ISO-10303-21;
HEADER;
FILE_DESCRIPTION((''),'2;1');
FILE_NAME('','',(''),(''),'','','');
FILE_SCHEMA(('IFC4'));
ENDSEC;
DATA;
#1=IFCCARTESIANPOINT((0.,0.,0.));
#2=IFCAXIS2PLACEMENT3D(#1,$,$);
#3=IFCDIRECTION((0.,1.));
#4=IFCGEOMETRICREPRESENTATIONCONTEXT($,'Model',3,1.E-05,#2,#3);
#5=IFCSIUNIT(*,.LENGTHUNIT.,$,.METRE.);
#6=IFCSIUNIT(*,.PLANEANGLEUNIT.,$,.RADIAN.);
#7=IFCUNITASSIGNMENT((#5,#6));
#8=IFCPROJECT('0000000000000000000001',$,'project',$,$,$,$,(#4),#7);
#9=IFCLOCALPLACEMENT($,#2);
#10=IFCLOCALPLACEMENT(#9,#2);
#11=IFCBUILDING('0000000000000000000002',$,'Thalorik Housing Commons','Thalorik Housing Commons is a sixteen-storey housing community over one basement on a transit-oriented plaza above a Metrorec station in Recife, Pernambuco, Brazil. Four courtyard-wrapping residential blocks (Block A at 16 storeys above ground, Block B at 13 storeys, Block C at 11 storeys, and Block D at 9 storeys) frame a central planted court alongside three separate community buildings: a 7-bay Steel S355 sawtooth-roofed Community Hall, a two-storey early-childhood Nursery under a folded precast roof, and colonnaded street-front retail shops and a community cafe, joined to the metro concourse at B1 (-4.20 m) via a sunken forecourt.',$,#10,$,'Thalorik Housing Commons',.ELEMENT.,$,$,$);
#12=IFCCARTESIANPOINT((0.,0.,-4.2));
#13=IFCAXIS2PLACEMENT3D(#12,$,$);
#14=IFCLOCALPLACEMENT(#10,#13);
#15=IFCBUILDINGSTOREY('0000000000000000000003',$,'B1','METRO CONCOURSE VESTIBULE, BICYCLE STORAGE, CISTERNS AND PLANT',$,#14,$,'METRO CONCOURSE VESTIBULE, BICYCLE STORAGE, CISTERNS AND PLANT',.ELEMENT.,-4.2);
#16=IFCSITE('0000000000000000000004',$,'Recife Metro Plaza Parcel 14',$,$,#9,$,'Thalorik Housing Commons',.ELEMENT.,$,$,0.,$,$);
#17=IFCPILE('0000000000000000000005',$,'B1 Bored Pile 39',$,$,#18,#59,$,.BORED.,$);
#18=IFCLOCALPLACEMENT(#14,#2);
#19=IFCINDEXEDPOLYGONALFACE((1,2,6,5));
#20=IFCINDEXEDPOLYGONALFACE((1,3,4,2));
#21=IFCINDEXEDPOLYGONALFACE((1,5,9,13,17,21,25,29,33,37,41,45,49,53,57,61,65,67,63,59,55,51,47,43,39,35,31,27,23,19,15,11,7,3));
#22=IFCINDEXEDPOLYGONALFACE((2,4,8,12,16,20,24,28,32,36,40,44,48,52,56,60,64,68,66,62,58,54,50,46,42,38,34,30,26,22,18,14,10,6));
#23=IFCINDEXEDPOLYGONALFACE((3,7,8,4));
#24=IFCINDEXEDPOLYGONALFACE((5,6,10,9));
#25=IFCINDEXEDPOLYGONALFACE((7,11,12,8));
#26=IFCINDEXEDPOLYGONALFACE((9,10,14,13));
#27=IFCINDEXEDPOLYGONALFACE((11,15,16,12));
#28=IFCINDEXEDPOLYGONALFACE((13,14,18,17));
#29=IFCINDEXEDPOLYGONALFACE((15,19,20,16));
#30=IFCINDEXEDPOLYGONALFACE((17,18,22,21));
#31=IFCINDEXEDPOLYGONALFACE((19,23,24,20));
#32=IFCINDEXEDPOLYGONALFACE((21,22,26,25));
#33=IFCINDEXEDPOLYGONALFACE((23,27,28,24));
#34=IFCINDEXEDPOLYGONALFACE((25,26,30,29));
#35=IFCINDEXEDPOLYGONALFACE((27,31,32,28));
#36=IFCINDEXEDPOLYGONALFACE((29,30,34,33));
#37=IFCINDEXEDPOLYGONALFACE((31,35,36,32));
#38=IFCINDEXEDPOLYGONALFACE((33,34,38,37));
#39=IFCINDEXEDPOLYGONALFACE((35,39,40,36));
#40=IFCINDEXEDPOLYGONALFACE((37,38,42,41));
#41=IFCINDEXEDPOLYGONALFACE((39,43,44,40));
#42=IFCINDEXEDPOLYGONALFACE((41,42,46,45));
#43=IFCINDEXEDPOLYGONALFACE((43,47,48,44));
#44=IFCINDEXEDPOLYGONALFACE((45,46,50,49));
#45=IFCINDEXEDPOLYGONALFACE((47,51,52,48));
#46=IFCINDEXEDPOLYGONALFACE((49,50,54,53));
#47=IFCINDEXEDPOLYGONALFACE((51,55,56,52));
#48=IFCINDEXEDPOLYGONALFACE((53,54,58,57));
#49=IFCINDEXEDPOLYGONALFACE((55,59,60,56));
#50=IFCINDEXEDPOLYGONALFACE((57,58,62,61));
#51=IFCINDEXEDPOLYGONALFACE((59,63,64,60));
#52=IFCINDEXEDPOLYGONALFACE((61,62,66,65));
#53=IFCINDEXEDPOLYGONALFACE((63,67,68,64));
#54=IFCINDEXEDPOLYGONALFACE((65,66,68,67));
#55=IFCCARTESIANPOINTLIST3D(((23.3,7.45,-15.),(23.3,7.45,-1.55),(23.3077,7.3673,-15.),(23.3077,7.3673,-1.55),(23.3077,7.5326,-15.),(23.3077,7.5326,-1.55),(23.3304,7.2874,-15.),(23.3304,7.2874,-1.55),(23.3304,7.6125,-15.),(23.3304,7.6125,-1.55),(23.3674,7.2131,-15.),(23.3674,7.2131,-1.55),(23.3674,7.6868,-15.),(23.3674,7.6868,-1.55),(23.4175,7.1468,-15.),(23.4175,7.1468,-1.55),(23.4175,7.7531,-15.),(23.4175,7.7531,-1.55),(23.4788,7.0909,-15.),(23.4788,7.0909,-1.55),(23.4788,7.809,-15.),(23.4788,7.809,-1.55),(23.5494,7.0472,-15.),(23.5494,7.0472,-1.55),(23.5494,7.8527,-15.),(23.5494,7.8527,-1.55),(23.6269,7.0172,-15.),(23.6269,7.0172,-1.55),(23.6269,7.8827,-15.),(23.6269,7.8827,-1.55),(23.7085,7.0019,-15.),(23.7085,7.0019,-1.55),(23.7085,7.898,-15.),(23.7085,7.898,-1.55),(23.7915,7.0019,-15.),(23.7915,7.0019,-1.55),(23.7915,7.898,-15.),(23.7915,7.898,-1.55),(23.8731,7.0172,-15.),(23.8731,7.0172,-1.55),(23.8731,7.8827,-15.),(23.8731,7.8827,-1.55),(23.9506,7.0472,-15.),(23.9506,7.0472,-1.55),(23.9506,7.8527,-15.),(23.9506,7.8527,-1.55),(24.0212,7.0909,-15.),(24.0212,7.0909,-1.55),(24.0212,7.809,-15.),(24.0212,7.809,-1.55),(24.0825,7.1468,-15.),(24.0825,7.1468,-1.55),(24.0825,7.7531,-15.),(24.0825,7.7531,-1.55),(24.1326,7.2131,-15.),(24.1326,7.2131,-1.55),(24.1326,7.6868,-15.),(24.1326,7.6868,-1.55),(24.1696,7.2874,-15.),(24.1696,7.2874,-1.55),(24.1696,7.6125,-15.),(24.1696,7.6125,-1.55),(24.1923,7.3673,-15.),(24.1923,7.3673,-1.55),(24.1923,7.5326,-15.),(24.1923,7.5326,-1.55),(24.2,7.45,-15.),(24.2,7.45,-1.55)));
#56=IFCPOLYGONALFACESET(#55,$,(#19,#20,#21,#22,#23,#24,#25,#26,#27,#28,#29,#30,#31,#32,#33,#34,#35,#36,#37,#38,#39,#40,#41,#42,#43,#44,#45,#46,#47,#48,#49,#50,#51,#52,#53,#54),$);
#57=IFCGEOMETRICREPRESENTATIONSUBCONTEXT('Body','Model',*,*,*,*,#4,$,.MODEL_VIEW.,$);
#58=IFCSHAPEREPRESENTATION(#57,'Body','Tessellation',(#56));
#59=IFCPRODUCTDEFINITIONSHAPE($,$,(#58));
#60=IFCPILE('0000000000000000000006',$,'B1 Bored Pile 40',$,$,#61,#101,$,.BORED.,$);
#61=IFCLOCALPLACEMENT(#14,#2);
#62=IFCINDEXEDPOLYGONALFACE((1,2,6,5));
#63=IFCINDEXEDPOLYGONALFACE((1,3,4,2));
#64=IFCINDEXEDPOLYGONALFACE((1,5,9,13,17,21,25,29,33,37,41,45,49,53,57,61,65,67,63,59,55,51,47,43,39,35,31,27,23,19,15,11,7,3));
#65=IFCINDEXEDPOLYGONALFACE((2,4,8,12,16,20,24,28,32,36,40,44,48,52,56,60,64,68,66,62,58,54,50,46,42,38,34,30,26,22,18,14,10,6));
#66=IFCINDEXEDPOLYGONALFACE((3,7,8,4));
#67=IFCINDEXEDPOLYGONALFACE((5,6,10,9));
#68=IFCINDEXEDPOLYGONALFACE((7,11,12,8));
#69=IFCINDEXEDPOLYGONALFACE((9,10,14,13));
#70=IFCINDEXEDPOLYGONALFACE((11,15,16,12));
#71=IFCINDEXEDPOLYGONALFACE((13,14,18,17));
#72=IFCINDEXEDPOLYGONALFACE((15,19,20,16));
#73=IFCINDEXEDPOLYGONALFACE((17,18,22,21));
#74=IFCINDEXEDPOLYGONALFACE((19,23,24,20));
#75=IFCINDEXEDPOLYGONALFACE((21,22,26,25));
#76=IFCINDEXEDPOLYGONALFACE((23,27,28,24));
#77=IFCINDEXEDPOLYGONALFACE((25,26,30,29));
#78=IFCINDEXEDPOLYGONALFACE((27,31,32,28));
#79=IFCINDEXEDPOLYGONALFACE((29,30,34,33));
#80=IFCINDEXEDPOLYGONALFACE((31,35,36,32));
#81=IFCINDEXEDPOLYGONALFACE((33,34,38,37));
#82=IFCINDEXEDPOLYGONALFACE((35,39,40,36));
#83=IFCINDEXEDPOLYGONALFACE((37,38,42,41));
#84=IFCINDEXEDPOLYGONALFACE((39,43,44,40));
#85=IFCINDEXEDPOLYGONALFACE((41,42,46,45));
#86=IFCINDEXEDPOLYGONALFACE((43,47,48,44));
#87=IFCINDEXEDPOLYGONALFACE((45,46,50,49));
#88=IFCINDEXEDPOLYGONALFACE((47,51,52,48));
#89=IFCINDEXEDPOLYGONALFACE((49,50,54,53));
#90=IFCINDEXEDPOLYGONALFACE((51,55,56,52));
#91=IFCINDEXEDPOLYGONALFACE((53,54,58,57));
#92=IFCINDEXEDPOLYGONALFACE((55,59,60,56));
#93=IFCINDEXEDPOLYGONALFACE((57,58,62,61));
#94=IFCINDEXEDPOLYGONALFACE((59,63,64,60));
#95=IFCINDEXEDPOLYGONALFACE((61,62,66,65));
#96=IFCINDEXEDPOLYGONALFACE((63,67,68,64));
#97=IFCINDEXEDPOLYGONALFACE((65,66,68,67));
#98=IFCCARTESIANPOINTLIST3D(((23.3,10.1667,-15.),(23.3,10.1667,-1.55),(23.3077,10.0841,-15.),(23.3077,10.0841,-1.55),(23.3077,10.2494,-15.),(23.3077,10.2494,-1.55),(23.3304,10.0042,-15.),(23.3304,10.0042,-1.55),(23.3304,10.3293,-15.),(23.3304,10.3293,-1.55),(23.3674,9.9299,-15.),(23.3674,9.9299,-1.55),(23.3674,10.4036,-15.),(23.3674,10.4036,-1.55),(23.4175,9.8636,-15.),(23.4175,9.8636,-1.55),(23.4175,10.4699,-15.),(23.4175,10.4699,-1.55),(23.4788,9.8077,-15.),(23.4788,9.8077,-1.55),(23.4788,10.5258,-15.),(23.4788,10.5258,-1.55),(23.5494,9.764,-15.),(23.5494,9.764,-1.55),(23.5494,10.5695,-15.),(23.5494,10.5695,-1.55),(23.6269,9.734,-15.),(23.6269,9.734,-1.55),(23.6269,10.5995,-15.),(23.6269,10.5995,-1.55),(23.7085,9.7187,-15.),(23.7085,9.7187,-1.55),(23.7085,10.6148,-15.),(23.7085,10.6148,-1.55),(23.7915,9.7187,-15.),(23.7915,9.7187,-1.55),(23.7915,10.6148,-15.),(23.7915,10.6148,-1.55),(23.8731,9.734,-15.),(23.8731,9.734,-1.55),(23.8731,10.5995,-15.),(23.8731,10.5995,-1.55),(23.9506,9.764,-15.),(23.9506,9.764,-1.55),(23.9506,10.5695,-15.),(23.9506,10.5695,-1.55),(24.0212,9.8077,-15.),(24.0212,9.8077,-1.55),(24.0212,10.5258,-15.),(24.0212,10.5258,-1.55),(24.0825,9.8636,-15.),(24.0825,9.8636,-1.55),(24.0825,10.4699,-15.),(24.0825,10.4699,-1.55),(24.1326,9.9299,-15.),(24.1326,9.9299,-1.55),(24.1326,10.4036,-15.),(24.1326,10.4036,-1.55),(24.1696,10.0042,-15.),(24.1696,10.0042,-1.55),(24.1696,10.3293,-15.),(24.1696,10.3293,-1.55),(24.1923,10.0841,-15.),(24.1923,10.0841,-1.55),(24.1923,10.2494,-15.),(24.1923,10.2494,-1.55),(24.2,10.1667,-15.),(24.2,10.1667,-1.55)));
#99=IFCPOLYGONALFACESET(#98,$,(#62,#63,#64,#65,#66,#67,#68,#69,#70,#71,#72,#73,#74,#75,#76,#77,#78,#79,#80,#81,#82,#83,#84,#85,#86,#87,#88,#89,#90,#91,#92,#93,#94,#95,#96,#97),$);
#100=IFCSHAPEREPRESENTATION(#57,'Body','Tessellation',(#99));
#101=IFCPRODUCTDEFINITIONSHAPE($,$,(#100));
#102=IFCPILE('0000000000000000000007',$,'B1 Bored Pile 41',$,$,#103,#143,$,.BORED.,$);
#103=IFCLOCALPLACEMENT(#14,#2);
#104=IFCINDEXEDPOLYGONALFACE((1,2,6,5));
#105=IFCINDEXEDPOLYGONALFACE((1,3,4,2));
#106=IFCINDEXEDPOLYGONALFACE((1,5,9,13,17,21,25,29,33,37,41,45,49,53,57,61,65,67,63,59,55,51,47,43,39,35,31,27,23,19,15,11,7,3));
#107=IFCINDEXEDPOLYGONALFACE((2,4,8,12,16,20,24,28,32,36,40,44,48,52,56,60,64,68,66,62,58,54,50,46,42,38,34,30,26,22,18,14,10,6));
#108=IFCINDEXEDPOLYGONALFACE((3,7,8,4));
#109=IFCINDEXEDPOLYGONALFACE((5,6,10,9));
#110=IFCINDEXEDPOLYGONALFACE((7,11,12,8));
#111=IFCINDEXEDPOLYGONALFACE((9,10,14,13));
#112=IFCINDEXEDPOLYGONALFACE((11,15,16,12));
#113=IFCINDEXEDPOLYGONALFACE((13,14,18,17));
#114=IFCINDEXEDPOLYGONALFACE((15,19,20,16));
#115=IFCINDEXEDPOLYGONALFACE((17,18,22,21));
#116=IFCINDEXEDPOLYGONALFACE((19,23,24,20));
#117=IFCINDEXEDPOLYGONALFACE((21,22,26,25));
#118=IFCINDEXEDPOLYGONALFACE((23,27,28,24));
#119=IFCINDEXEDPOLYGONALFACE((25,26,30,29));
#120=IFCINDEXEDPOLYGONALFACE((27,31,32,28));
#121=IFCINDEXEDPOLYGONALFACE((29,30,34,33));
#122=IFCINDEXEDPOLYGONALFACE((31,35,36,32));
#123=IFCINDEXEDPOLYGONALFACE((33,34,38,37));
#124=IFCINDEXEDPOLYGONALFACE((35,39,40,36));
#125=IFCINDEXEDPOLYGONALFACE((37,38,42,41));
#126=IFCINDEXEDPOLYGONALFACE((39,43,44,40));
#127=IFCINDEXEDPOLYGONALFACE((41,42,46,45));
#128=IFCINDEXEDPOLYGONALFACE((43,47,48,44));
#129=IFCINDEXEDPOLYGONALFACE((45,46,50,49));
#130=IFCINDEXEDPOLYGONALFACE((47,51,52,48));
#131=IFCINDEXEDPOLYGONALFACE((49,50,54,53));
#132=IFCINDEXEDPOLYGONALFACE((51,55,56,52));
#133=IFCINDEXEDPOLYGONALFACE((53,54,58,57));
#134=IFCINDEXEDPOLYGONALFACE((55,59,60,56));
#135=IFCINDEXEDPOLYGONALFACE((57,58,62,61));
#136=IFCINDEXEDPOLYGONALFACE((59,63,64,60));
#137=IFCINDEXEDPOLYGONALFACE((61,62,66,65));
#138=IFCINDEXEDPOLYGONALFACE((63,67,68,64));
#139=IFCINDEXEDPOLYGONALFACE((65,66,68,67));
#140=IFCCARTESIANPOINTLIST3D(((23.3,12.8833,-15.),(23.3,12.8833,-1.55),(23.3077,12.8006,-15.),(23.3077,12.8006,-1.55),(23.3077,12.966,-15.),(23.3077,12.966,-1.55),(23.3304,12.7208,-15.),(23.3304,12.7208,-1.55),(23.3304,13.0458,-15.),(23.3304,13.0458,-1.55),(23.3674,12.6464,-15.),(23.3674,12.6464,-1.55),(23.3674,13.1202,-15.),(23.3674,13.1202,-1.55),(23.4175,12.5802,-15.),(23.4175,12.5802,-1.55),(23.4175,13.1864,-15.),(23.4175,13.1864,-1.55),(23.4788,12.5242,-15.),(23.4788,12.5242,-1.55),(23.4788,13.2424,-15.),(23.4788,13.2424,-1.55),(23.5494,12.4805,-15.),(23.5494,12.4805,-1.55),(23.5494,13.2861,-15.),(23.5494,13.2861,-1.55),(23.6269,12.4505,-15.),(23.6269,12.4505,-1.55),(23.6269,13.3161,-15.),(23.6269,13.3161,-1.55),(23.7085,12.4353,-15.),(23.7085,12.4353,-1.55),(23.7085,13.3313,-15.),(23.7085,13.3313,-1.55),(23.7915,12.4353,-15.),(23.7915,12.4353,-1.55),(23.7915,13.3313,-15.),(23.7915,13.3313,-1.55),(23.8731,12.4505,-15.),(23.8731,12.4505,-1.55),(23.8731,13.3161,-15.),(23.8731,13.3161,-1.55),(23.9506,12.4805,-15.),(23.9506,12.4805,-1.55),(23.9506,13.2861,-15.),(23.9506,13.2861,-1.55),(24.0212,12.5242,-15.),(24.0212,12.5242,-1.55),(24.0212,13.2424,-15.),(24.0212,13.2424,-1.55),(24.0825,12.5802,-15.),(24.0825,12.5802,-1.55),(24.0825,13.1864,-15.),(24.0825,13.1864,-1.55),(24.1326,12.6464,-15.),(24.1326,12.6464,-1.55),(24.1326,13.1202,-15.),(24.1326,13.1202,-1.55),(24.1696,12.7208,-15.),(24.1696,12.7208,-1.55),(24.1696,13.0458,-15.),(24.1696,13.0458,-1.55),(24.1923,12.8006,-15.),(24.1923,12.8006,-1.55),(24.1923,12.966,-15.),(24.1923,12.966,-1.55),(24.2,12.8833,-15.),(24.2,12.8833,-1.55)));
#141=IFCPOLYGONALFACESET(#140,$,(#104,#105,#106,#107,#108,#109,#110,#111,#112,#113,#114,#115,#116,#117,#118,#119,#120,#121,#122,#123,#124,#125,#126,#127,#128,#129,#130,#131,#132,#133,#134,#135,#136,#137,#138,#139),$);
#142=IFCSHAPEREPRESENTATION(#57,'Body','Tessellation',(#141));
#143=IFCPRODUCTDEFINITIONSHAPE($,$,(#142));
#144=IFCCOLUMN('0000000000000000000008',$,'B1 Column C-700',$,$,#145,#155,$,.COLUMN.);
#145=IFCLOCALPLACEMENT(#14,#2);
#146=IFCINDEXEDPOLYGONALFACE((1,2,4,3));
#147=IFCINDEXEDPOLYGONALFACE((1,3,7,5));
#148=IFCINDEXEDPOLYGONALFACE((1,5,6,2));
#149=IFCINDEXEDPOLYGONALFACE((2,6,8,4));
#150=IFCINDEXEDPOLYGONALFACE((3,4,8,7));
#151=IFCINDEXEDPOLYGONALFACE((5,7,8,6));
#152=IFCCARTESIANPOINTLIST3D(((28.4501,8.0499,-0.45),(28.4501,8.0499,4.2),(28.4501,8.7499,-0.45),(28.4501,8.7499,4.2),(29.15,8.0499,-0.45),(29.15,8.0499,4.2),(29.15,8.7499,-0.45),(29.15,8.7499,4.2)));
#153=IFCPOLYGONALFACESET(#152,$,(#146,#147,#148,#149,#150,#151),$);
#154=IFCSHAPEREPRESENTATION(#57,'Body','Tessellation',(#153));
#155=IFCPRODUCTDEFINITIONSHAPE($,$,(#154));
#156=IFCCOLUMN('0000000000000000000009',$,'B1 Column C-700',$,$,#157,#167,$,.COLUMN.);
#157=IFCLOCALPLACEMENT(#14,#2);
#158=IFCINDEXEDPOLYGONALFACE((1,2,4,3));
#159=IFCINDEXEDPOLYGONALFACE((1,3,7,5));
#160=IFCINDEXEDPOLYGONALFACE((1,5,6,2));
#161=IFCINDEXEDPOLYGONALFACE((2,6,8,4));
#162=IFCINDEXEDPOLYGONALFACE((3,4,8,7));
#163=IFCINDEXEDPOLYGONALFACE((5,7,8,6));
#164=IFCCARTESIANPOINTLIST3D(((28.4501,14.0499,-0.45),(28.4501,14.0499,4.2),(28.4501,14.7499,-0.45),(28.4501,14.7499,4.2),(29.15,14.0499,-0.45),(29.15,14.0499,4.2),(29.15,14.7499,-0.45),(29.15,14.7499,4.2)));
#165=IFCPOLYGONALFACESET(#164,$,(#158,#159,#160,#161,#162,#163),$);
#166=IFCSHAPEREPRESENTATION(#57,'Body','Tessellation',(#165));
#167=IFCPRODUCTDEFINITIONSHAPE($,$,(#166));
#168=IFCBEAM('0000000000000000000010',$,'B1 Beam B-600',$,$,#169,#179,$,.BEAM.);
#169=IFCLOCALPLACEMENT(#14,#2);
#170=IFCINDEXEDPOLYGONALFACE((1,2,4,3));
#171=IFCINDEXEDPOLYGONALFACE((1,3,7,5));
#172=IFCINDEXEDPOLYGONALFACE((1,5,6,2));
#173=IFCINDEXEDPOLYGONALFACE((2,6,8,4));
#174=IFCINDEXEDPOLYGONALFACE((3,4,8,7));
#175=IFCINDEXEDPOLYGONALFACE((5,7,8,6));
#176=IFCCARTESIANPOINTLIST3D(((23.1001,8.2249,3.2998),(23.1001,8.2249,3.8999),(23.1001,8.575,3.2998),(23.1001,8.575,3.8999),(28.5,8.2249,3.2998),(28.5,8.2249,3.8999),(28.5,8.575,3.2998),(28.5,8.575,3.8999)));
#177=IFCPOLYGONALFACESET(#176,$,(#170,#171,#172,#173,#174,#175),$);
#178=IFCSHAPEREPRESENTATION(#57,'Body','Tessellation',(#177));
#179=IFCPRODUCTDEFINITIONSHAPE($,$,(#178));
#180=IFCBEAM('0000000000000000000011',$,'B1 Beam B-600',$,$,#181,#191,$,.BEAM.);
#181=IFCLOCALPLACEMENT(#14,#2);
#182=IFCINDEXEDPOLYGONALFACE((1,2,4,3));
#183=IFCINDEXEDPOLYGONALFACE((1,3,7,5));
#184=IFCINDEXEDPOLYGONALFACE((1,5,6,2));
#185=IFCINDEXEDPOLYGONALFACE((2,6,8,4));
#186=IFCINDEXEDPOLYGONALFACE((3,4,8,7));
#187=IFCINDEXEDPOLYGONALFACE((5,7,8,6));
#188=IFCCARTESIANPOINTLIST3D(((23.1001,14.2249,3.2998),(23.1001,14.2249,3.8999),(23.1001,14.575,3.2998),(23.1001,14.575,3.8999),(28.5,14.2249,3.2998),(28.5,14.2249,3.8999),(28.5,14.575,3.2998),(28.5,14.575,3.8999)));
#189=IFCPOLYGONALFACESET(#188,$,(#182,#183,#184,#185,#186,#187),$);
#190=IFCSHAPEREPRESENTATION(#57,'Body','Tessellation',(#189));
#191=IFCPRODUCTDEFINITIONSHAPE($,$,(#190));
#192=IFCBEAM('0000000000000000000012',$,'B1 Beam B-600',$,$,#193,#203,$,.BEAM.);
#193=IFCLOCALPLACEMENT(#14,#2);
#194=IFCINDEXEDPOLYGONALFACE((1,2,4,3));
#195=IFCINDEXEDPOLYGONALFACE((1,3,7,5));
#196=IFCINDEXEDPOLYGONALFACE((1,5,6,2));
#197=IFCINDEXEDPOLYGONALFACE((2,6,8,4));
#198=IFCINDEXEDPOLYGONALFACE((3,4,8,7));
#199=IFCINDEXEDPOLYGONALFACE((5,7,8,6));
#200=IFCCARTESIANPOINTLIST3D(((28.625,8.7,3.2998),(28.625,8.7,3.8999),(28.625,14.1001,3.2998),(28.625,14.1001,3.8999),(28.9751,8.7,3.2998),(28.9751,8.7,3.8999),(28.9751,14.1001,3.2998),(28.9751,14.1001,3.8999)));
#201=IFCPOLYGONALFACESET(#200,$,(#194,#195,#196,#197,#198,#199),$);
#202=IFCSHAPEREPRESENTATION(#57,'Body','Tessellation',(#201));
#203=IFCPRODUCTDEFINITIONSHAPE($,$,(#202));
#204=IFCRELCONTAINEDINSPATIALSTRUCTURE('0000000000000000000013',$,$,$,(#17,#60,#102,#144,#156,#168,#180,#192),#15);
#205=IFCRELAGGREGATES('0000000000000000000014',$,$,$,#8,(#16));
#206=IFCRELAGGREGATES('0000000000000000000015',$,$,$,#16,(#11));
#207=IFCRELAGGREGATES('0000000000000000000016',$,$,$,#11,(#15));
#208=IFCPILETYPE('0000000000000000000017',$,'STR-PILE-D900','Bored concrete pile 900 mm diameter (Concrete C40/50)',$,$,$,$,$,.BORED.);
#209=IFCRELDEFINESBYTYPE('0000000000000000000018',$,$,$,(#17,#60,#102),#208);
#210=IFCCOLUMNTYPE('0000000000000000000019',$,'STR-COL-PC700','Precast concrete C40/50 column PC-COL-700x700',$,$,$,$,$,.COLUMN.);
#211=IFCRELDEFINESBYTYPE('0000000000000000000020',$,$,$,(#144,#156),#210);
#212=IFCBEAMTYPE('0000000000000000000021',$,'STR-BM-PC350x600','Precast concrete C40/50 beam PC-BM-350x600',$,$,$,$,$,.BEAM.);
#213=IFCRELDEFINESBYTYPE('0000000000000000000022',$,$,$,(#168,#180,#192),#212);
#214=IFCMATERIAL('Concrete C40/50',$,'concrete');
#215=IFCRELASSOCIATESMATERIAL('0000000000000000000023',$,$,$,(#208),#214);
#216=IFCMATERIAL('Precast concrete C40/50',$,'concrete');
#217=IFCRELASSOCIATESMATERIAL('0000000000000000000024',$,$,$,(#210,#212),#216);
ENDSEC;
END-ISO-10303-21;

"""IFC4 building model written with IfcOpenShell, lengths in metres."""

from ifc_helpers import new_model, si_unit, direction, frame, origin, origin_2d, place, context, subcontext, project, spatial, rectangle, circle, extrude, material, material_profile, profile_set, type_object, element, save


model = new_model("IFC4")

# Units and contexts
model_context = context("Model", 3, precision=1e-05, world=origin(), true_north=direction((0.0, 1.0)))
body_context = subcontext(model_context, "Body", "Model", "MODEL_VIEW")
ifc_project = project(units=[si_unit("LENGTHUNIT", "METRE"), si_unit("PLANEANGLEUNIT", "RADIAN")], contexts=[model_context])

# Site, building, storey
site_placement = place(None, origin())
site = spatial("IfcSite", under=ifc_project, at=site_placement, Name="Recife Metro Plaza Parcel 14", LongName="Thalorik Housing Commons", CompositionType="ELEMENT", RefElevation=0.0)
building_placement = place(site_placement, origin())
building = spatial("IfcBuilding", under=site, at=building_placement, Name="Thalorik Housing Commons", Description="Thalorik Housing Commons is a sixteen-storey housing community over one basement on a transit-oriented plaza above a Metrorec station in Recife, Pernambuco, Brazil. Four courtyard-wrapping residential blocks (Block A at 16 storeys above ground, Block B at 13 storeys, Block C at 11 storeys, and Block D at 9 storeys) frame a central planted court alongside three separate community buildings: a 7-bay Steel S355 sawtooth-roofed Community Hall, a two-storey early-childhood Nursery under a folded precast roof, and colonnaded street-front retail shops and a community cafe, joined to the metro concourse at B1 (-4.20 m) via a sunken forecourt.", LongName="Thalorik Housing Commons", CompositionType="ELEMENT")
storey_placement = place(building_placement, frame((0.0, 0.0, -4.2)))
storey = spatial("IfcBuildingStorey", under=building, at=storey_placement, Name="B1", Description="METRO CONCOURSE VESTIBULE, BICYCLE STORAGE, CISTERNS AND PLANT", LongName="METRO CONCOURSE VESTIBULE, BICYCLE STORAGE, CISTERNS AND PLANT", CompositionType="ELEMENT", Elevation=-4.2)

# Shared definitions
ifc_material_1 = material(Name="Concrete C40/50", Category="concrete")

# Piles
ifc_material_profile_1 = material_profile(ifc_material_1, circle(Radius=0.45, at=origin_2d()), Name="BORED PILE D900", Category="concrete")
ifc_profile_set_1 = profile_set([ifc_material_profile_1], Name="Concrete C40/50")
pile_type_1 = type_object("IfcPileType", Name="STR-PILE-D900", Description="Bored concrete pile 900 mm diameter (Concrete C40/50)", PredefinedType="BORED", material=ifc_profile_set_1)
for number, where, z_axis, x_axis, name in (
    (1, (23.75, 7.45, -1.55), (0.0, 0.0, -1.0), (1.0, 0.0, 0.0), "B1 Bored Pile 39"),
    (2, (23.75, 10.1667, -1.55), (0.0, 0.0, -1.0), (1.0, 0.0, 0.0), "B1 Bored Pile 40"),
    (3, (23.75, 12.8833, -1.55), (0.0, 0.0, -1.0), (1.0, 0.0, 0.0), "B1 Bored Pile 41"),
):
    element("IfcPile", number, at=place(storey_placement, frame(where, z_axis=z_axis, x_axis=x_axis)), inside=storey, type_object=pile_type_1, Name=name, PredefinedType="BORED", context=body_context, shape_type="SweptSolid", body=[
        extrude(circle(Radius=0.45, at=origin_2d()), origin(), (0.0, 0.0, 1.0), 13.45),
    ])

# Columns
ifc_material_2 = material(Name="Precast concrete C40/50", Category="concrete")
ifc_material_profile_2 = material_profile(ifc_material_2, rectangle(XDim=0.7, YDim=0.7, at=origin_2d()), Name="PC 700x700", Category="concrete")
ifc_profile_set_2 = profile_set([ifc_material_profile_2], Name="Precast concrete C40/50")
column_type = type_object("IfcColumnType", Name="STR-COL-PC700", Description="Precast concrete C40/50 column PC-COL-700x700", PredefinedType="COLUMN", material=ifc_profile_set_2)
for number, where, z_axis, x_axis, name in (
    (4, (28.8, 8.3999, -0.45), (0.0, 0.0, 1.0), (1.0, 0.0, 0.0), "B1 Column C-700"),
    (5, (28.8, 14.3999, -0.45), (0.0, 0.0, 1.0), (1.0, 0.0, 0.0), "B1 Column C-700"),
):
    element("IfcColumn", number, at=place(storey_placement, frame(where, z_axis=z_axis, x_axis=x_axis)), inside=storey, type_object=column_type, Name=name, PredefinedType="COLUMN", context=body_context, shape_type="SweptSolid", body=[
        extrude(rectangle(XDim=0.7, YDim=0.7, at=origin_2d()), origin(), (0.0, 0.0, 1.0), 4.6499),
    ])

# Beams
ifc_material_profile_3 = material_profile(ifc_material_2, rectangle(XDim=0.3501, YDim=0.6001, at=origin_2d()), Name="PC 350x600", Category="concrete")
ifc_profile_set_3 = profile_set([ifc_material_profile_3], Name="Precast concrete C40/50")
beam_type_1 = type_object("IfcBeamType", Name="STR-BM-PC350x600", Description="Precast concrete C40/50 beam PC-BM-350x600", PredefinedType="BEAM", material=ifc_profile_set_3)
for number, where, z_axis, x_axis, name in (
    (6, (23.1001, 8.3999, 3.5999), (1.0, 0.0, 0.0), (0.0, 1.0, 0.0), "B1 Beam B-600"),
    (7, (23.1001, 14.3999, 3.5999), (1.0, 0.0, 0.0), (0.0, 1.0, 0.0), "B1 Beam B-600"),
):
    element("IfcBeam", number, at=place(storey_placement, frame(where, z_axis=z_axis, x_axis=x_axis)), inside=storey, type_object=beam_type_1, Name=name, PredefinedType="BEAM", context=body_context, shape_type="SweptSolid", body=[
        extrude(rectangle(XDim=0.3501, YDim=0.6001, at=origin_2d()), origin(), (0.0, 0.0, 1.0), 5.3999),
    ])
beam_1_placement = place(storey_placement, frame((28.8, 8.7, 3.5999), z_axis=(0.0, 1.0, 0.0), x_axis=(-1.0, 0.0, 0.0)))
element("IfcBeam", 8, at=beam_1_placement, inside=storey, type_object=beam_type_1, Name="B1 Beam B-600", PredefinedType="BEAM", context=body_context, shape_type="SweptSolid", body=[
    extrude(rectangle(XDim=0.3501, YDim=0.6001, at=origin_2d()), origin(), (0.0, 0.0, 1.0), 5.4001),
])

save(model, "model.ifc")
